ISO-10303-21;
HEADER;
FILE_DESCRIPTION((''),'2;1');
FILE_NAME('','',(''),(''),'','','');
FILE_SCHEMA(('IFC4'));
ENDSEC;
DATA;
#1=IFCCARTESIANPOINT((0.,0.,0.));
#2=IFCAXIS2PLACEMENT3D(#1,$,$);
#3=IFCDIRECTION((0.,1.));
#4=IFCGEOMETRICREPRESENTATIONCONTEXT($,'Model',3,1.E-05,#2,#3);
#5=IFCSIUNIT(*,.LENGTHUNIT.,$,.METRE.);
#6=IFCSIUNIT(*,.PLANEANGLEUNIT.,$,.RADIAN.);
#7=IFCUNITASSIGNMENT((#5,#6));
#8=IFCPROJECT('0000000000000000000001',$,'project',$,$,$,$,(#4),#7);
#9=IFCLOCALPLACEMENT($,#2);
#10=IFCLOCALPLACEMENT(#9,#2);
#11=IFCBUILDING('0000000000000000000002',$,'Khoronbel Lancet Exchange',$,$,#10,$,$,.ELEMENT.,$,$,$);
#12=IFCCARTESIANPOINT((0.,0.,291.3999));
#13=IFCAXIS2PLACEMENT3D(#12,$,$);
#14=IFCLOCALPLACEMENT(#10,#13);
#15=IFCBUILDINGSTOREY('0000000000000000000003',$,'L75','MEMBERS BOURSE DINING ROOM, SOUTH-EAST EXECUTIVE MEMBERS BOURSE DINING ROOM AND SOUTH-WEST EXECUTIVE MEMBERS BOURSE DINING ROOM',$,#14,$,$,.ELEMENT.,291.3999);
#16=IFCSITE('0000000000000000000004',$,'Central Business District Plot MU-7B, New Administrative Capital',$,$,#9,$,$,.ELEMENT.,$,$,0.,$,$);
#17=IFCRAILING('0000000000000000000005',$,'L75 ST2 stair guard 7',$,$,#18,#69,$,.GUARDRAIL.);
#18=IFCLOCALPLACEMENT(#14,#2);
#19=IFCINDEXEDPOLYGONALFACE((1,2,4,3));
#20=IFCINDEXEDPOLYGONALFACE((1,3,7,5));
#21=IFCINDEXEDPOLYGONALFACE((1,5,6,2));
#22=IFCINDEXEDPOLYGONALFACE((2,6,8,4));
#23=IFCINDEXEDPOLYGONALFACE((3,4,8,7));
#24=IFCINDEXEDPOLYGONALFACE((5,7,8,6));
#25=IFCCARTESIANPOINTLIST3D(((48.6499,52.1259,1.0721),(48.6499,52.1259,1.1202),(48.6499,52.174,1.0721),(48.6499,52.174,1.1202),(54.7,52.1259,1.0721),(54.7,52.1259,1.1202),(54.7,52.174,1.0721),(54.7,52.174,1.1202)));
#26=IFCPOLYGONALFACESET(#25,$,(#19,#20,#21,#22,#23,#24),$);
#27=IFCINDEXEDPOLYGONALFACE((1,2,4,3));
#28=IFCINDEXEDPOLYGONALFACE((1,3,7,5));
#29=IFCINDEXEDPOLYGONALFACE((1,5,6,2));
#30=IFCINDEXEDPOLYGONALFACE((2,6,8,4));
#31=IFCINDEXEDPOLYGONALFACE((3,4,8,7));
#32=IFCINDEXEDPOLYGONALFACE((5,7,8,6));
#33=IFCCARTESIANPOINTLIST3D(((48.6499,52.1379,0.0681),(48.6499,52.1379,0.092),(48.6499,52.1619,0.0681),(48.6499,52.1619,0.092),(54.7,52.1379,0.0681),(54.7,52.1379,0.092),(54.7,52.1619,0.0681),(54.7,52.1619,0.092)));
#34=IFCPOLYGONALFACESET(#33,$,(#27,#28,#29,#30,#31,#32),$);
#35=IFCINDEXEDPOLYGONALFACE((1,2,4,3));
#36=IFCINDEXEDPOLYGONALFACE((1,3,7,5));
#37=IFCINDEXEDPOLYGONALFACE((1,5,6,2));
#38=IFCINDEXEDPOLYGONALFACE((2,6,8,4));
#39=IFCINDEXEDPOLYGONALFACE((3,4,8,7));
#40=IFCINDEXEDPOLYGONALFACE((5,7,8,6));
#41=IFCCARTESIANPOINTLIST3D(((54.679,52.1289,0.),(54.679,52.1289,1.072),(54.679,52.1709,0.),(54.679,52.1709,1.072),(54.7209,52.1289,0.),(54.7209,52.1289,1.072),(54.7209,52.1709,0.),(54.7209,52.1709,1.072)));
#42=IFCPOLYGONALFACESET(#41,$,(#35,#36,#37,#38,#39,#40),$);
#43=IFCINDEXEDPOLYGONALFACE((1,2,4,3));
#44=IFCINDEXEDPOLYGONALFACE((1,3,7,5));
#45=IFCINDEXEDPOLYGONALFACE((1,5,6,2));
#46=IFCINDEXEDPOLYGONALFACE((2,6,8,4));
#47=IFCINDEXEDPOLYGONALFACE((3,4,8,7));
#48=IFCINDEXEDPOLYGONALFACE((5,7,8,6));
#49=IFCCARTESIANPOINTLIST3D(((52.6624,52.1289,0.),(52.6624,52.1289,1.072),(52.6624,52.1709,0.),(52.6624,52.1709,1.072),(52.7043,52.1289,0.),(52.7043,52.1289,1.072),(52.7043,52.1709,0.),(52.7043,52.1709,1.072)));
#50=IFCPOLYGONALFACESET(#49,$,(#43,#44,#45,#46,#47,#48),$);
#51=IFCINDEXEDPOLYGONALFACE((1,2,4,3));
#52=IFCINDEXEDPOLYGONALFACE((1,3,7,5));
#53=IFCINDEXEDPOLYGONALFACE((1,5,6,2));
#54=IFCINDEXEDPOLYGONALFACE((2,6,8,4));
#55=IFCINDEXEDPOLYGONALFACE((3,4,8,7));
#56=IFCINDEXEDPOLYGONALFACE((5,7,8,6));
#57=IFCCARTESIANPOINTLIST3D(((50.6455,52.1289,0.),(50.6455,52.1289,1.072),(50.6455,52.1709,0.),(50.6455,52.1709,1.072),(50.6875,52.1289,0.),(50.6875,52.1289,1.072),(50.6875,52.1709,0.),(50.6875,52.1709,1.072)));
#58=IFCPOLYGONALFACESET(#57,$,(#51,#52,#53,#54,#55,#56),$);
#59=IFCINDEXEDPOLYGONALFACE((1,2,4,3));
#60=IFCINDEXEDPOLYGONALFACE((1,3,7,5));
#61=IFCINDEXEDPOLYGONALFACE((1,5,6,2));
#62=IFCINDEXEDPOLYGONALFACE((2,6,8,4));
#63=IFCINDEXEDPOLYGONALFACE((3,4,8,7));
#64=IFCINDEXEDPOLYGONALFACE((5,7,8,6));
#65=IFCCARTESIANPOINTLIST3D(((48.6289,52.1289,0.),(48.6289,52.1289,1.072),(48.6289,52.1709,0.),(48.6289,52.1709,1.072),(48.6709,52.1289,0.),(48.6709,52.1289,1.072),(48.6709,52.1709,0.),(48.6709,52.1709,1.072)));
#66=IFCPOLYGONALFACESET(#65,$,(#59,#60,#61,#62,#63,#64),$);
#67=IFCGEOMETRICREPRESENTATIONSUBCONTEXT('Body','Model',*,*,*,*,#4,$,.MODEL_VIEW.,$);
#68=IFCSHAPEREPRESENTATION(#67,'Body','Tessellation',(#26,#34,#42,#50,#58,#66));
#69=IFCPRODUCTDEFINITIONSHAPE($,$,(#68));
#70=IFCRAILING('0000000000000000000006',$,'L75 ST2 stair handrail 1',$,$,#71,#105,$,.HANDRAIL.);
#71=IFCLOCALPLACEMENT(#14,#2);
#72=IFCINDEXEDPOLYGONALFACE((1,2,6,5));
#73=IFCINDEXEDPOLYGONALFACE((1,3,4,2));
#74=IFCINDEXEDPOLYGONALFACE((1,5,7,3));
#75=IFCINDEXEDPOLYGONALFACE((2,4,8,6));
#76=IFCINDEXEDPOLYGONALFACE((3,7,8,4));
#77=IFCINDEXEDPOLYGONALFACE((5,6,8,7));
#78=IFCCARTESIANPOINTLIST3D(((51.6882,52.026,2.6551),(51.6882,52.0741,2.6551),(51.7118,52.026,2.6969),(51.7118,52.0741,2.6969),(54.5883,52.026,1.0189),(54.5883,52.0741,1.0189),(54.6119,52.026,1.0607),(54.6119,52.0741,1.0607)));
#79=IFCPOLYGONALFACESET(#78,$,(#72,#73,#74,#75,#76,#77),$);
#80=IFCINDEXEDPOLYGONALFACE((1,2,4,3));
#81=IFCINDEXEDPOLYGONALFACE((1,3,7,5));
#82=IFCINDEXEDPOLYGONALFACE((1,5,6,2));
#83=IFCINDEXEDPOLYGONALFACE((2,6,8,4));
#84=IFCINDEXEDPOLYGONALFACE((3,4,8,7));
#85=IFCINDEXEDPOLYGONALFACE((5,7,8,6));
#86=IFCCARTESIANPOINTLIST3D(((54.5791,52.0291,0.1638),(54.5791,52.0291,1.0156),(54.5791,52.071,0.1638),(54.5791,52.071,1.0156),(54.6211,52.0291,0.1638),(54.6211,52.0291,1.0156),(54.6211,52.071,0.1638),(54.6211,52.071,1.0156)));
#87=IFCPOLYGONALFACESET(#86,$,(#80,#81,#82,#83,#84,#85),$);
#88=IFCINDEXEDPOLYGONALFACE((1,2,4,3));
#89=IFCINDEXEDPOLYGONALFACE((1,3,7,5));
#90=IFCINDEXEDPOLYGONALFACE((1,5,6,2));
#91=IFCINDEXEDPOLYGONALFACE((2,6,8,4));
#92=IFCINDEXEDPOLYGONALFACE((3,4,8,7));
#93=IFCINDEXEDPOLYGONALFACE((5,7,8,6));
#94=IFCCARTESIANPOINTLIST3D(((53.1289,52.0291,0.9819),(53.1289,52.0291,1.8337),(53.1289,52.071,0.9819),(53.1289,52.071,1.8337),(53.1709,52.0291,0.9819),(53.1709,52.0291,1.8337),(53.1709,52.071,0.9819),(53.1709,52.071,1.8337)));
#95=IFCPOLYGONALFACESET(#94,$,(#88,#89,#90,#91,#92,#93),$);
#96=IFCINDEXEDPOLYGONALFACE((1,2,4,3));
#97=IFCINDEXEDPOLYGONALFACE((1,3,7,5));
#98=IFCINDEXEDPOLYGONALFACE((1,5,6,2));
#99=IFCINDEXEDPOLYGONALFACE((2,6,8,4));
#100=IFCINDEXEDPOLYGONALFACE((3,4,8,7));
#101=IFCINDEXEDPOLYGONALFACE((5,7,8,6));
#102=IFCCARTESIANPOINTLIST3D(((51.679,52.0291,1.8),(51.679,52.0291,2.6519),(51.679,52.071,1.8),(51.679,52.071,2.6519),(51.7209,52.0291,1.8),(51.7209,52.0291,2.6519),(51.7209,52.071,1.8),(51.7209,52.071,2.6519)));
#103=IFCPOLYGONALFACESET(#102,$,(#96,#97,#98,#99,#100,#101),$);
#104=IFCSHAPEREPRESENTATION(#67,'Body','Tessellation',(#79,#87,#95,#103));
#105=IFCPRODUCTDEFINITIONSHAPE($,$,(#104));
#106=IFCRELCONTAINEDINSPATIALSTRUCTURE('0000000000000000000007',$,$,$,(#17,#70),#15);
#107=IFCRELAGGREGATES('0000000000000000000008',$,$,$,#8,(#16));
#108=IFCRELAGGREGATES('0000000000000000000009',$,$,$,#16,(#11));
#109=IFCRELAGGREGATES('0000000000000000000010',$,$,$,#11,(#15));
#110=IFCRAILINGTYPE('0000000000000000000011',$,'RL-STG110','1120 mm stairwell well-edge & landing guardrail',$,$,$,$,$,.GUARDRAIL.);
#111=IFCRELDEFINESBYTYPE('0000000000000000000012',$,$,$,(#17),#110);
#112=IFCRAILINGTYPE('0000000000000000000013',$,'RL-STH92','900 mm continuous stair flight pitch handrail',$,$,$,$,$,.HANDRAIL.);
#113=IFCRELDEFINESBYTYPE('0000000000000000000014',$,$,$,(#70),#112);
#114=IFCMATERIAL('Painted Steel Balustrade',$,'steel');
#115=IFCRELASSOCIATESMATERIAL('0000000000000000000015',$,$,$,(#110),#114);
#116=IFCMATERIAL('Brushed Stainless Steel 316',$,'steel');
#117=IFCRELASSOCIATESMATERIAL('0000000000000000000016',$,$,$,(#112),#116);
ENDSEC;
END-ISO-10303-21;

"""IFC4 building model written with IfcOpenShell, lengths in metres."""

from ifc_helpers import new_model, si_unit, direction, frame, origin, origin_2d, place, context, subcontext, project, spatial, rectangle, extrude, material, type_object, element, save


model = new_model("IFC4")

# Units and contexts
model_context = context("Model", 3, precision=1e-05, world=origin(), true_north=direction((0.0, 1.0)))
body_context = subcontext(model_context, "Body", "Model", "MODEL_VIEW")
ifc_project = project(units=[si_unit("LENGTHUNIT", "METRE"), si_unit("PLANEANGLEUNIT", "RADIAN")], contexts=[model_context])

# Site, building, storey
site_placement = place(None, origin())
site = spatial("IfcSite", under=ifc_project, at=site_placement, Name="Central Business District Plot MU-7B, New Administrative Capital", CompositionType="ELEMENT", RefElevation=0.0)
building_placement = place(site_placement, origin())
building = spatial("IfcBuilding", under=site, at=building_placement, Name="Khoronbel Lancet Exchange", CompositionType="ELEMENT")
storey_placement = place(building_placement, frame((0.0, 0.0, 291.3999)))
storey = spatial("IfcBuildingStorey", under=building, at=storey_placement, Name="L75", Description="MEMBERS BOURSE DINING ROOM, SOUTH-EAST EXECUTIVE MEMBERS BOURSE DINING ROOM AND SOUTH-WEST EXECUTIVE MEMBERS BOURSE DINING ROOM", CompositionType="ELEMENT", Elevation=291.3999)

# Railings
ifc_material_1 = material(Name="Painted Steel Balustrade", Category="steel")
railing_type_1 = type_object("IfcRailingType", Name="RL-STG110", Description="1120 mm stairwell well-edge & landing guardrail", PredefinedType="GUARDRAIL", material=ifc_material_1)
railing_1_placement = place(storey_placement, frame((54.7, 52.1499, 0.0)))
element("IfcRailing", 1, at=railing_1_placement, inside=storey, type_object=railing_type_1, Name="L75 ST2 stair guard 7", PredefinedType="GUARDRAIL", context=body_context, shape_type="SweptSolid", body=[
    extrude(rectangle(XDim=0.0481, YDim=0.0481, at=origin_2d()), frame((0.0, 0.0, 1.0962), z_axis=(-1.0, 0.0, 0.0), x_axis=(0.0, -1.0, 0.0)), (0.0, 0.0, 1.0), 6.05),
    extrude(rectangle(XDim=0.0239, YDim=0.0239, at=origin_2d()), frame((0.0, 0.0, 0.0801), z_axis=(-1.0, 0.0, 0.0), x_axis=(0.0, -1.0, 0.0)), (0.0, 0.0, 1.0), 6.05),
    extrude(rectangle(XDim=0.042, YDim=0.042, at=origin_2d()), origin(), (0.0, 0.0, 1.0), 1.072),
    extrude(rectangle(XDim=0.042, YDim=0.042, at=origin_2d()), frame((-2.0166, 0.0, 0.0)), (0.0, 0.0, 1.0), 1.072),
    extrude(rectangle(XDim=0.042, YDim=0.042, at=origin_2d()), frame((-4.0334, 0.0, 0.0)), (0.0, 0.0, 1.0), 1.072),
    extrude(rectangle(XDim=0.042, YDim=0.042, at=origin_2d()), frame((-6.05, 0.0, 0.0)), (0.0, 0.0, 1.0), 1.072),
])
ifc_material_2 = material(Name="Brushed Stainless Steel 316", Category="steel")
railing_type_2 = type_object("IfcRailingType", Name="RL-STH92", Description="900 mm continuous stair flight pitch handrail", PredefinedType="HANDRAIL", material=ifc_material_2)
railing_2_placement = place(storey_placement, frame((54.6001, 52.05, 0.1638)))
element("IfcRailing", 2, at=railing_2_placement, inside=storey, type_object=railing_type_2, Name="L75 ST2 stair handrail 1", PredefinedType="HANDRAIL", context=body_context, shape_type="SweptSolid", body=[
    extrude(rectangle(XDim=0.0481, YDim=0.0481, at=origin_2d()), frame((0.0, 0.0, 0.876), z_axis=(-0.870946, 0.0, 0.491378), x_axis=(0.0, -1.0, 0.0)), (0.0, 0.0, 1.0), 3.3298),
    extrude(rectangle(XDim=0.042, YDim=0.042, at=origin_2d()), origin(), (0.0, 0.0, 1.0), 0.8518),
    extrude(rectangle(XDim=0.042, YDim=0.042, at=origin_2d()), frame((-1.4502, 0.0, 0.8181)), (0.0, 0.0, 1.0), 0.8518),
    extrude(rectangle(XDim=0.042, YDim=0.042, at=origin_2d()), frame((-2.9001, 0.0, 1.6362)), (0.0, 0.0, 1.0), 0.8518),
])

save(model, "model.ifc")
